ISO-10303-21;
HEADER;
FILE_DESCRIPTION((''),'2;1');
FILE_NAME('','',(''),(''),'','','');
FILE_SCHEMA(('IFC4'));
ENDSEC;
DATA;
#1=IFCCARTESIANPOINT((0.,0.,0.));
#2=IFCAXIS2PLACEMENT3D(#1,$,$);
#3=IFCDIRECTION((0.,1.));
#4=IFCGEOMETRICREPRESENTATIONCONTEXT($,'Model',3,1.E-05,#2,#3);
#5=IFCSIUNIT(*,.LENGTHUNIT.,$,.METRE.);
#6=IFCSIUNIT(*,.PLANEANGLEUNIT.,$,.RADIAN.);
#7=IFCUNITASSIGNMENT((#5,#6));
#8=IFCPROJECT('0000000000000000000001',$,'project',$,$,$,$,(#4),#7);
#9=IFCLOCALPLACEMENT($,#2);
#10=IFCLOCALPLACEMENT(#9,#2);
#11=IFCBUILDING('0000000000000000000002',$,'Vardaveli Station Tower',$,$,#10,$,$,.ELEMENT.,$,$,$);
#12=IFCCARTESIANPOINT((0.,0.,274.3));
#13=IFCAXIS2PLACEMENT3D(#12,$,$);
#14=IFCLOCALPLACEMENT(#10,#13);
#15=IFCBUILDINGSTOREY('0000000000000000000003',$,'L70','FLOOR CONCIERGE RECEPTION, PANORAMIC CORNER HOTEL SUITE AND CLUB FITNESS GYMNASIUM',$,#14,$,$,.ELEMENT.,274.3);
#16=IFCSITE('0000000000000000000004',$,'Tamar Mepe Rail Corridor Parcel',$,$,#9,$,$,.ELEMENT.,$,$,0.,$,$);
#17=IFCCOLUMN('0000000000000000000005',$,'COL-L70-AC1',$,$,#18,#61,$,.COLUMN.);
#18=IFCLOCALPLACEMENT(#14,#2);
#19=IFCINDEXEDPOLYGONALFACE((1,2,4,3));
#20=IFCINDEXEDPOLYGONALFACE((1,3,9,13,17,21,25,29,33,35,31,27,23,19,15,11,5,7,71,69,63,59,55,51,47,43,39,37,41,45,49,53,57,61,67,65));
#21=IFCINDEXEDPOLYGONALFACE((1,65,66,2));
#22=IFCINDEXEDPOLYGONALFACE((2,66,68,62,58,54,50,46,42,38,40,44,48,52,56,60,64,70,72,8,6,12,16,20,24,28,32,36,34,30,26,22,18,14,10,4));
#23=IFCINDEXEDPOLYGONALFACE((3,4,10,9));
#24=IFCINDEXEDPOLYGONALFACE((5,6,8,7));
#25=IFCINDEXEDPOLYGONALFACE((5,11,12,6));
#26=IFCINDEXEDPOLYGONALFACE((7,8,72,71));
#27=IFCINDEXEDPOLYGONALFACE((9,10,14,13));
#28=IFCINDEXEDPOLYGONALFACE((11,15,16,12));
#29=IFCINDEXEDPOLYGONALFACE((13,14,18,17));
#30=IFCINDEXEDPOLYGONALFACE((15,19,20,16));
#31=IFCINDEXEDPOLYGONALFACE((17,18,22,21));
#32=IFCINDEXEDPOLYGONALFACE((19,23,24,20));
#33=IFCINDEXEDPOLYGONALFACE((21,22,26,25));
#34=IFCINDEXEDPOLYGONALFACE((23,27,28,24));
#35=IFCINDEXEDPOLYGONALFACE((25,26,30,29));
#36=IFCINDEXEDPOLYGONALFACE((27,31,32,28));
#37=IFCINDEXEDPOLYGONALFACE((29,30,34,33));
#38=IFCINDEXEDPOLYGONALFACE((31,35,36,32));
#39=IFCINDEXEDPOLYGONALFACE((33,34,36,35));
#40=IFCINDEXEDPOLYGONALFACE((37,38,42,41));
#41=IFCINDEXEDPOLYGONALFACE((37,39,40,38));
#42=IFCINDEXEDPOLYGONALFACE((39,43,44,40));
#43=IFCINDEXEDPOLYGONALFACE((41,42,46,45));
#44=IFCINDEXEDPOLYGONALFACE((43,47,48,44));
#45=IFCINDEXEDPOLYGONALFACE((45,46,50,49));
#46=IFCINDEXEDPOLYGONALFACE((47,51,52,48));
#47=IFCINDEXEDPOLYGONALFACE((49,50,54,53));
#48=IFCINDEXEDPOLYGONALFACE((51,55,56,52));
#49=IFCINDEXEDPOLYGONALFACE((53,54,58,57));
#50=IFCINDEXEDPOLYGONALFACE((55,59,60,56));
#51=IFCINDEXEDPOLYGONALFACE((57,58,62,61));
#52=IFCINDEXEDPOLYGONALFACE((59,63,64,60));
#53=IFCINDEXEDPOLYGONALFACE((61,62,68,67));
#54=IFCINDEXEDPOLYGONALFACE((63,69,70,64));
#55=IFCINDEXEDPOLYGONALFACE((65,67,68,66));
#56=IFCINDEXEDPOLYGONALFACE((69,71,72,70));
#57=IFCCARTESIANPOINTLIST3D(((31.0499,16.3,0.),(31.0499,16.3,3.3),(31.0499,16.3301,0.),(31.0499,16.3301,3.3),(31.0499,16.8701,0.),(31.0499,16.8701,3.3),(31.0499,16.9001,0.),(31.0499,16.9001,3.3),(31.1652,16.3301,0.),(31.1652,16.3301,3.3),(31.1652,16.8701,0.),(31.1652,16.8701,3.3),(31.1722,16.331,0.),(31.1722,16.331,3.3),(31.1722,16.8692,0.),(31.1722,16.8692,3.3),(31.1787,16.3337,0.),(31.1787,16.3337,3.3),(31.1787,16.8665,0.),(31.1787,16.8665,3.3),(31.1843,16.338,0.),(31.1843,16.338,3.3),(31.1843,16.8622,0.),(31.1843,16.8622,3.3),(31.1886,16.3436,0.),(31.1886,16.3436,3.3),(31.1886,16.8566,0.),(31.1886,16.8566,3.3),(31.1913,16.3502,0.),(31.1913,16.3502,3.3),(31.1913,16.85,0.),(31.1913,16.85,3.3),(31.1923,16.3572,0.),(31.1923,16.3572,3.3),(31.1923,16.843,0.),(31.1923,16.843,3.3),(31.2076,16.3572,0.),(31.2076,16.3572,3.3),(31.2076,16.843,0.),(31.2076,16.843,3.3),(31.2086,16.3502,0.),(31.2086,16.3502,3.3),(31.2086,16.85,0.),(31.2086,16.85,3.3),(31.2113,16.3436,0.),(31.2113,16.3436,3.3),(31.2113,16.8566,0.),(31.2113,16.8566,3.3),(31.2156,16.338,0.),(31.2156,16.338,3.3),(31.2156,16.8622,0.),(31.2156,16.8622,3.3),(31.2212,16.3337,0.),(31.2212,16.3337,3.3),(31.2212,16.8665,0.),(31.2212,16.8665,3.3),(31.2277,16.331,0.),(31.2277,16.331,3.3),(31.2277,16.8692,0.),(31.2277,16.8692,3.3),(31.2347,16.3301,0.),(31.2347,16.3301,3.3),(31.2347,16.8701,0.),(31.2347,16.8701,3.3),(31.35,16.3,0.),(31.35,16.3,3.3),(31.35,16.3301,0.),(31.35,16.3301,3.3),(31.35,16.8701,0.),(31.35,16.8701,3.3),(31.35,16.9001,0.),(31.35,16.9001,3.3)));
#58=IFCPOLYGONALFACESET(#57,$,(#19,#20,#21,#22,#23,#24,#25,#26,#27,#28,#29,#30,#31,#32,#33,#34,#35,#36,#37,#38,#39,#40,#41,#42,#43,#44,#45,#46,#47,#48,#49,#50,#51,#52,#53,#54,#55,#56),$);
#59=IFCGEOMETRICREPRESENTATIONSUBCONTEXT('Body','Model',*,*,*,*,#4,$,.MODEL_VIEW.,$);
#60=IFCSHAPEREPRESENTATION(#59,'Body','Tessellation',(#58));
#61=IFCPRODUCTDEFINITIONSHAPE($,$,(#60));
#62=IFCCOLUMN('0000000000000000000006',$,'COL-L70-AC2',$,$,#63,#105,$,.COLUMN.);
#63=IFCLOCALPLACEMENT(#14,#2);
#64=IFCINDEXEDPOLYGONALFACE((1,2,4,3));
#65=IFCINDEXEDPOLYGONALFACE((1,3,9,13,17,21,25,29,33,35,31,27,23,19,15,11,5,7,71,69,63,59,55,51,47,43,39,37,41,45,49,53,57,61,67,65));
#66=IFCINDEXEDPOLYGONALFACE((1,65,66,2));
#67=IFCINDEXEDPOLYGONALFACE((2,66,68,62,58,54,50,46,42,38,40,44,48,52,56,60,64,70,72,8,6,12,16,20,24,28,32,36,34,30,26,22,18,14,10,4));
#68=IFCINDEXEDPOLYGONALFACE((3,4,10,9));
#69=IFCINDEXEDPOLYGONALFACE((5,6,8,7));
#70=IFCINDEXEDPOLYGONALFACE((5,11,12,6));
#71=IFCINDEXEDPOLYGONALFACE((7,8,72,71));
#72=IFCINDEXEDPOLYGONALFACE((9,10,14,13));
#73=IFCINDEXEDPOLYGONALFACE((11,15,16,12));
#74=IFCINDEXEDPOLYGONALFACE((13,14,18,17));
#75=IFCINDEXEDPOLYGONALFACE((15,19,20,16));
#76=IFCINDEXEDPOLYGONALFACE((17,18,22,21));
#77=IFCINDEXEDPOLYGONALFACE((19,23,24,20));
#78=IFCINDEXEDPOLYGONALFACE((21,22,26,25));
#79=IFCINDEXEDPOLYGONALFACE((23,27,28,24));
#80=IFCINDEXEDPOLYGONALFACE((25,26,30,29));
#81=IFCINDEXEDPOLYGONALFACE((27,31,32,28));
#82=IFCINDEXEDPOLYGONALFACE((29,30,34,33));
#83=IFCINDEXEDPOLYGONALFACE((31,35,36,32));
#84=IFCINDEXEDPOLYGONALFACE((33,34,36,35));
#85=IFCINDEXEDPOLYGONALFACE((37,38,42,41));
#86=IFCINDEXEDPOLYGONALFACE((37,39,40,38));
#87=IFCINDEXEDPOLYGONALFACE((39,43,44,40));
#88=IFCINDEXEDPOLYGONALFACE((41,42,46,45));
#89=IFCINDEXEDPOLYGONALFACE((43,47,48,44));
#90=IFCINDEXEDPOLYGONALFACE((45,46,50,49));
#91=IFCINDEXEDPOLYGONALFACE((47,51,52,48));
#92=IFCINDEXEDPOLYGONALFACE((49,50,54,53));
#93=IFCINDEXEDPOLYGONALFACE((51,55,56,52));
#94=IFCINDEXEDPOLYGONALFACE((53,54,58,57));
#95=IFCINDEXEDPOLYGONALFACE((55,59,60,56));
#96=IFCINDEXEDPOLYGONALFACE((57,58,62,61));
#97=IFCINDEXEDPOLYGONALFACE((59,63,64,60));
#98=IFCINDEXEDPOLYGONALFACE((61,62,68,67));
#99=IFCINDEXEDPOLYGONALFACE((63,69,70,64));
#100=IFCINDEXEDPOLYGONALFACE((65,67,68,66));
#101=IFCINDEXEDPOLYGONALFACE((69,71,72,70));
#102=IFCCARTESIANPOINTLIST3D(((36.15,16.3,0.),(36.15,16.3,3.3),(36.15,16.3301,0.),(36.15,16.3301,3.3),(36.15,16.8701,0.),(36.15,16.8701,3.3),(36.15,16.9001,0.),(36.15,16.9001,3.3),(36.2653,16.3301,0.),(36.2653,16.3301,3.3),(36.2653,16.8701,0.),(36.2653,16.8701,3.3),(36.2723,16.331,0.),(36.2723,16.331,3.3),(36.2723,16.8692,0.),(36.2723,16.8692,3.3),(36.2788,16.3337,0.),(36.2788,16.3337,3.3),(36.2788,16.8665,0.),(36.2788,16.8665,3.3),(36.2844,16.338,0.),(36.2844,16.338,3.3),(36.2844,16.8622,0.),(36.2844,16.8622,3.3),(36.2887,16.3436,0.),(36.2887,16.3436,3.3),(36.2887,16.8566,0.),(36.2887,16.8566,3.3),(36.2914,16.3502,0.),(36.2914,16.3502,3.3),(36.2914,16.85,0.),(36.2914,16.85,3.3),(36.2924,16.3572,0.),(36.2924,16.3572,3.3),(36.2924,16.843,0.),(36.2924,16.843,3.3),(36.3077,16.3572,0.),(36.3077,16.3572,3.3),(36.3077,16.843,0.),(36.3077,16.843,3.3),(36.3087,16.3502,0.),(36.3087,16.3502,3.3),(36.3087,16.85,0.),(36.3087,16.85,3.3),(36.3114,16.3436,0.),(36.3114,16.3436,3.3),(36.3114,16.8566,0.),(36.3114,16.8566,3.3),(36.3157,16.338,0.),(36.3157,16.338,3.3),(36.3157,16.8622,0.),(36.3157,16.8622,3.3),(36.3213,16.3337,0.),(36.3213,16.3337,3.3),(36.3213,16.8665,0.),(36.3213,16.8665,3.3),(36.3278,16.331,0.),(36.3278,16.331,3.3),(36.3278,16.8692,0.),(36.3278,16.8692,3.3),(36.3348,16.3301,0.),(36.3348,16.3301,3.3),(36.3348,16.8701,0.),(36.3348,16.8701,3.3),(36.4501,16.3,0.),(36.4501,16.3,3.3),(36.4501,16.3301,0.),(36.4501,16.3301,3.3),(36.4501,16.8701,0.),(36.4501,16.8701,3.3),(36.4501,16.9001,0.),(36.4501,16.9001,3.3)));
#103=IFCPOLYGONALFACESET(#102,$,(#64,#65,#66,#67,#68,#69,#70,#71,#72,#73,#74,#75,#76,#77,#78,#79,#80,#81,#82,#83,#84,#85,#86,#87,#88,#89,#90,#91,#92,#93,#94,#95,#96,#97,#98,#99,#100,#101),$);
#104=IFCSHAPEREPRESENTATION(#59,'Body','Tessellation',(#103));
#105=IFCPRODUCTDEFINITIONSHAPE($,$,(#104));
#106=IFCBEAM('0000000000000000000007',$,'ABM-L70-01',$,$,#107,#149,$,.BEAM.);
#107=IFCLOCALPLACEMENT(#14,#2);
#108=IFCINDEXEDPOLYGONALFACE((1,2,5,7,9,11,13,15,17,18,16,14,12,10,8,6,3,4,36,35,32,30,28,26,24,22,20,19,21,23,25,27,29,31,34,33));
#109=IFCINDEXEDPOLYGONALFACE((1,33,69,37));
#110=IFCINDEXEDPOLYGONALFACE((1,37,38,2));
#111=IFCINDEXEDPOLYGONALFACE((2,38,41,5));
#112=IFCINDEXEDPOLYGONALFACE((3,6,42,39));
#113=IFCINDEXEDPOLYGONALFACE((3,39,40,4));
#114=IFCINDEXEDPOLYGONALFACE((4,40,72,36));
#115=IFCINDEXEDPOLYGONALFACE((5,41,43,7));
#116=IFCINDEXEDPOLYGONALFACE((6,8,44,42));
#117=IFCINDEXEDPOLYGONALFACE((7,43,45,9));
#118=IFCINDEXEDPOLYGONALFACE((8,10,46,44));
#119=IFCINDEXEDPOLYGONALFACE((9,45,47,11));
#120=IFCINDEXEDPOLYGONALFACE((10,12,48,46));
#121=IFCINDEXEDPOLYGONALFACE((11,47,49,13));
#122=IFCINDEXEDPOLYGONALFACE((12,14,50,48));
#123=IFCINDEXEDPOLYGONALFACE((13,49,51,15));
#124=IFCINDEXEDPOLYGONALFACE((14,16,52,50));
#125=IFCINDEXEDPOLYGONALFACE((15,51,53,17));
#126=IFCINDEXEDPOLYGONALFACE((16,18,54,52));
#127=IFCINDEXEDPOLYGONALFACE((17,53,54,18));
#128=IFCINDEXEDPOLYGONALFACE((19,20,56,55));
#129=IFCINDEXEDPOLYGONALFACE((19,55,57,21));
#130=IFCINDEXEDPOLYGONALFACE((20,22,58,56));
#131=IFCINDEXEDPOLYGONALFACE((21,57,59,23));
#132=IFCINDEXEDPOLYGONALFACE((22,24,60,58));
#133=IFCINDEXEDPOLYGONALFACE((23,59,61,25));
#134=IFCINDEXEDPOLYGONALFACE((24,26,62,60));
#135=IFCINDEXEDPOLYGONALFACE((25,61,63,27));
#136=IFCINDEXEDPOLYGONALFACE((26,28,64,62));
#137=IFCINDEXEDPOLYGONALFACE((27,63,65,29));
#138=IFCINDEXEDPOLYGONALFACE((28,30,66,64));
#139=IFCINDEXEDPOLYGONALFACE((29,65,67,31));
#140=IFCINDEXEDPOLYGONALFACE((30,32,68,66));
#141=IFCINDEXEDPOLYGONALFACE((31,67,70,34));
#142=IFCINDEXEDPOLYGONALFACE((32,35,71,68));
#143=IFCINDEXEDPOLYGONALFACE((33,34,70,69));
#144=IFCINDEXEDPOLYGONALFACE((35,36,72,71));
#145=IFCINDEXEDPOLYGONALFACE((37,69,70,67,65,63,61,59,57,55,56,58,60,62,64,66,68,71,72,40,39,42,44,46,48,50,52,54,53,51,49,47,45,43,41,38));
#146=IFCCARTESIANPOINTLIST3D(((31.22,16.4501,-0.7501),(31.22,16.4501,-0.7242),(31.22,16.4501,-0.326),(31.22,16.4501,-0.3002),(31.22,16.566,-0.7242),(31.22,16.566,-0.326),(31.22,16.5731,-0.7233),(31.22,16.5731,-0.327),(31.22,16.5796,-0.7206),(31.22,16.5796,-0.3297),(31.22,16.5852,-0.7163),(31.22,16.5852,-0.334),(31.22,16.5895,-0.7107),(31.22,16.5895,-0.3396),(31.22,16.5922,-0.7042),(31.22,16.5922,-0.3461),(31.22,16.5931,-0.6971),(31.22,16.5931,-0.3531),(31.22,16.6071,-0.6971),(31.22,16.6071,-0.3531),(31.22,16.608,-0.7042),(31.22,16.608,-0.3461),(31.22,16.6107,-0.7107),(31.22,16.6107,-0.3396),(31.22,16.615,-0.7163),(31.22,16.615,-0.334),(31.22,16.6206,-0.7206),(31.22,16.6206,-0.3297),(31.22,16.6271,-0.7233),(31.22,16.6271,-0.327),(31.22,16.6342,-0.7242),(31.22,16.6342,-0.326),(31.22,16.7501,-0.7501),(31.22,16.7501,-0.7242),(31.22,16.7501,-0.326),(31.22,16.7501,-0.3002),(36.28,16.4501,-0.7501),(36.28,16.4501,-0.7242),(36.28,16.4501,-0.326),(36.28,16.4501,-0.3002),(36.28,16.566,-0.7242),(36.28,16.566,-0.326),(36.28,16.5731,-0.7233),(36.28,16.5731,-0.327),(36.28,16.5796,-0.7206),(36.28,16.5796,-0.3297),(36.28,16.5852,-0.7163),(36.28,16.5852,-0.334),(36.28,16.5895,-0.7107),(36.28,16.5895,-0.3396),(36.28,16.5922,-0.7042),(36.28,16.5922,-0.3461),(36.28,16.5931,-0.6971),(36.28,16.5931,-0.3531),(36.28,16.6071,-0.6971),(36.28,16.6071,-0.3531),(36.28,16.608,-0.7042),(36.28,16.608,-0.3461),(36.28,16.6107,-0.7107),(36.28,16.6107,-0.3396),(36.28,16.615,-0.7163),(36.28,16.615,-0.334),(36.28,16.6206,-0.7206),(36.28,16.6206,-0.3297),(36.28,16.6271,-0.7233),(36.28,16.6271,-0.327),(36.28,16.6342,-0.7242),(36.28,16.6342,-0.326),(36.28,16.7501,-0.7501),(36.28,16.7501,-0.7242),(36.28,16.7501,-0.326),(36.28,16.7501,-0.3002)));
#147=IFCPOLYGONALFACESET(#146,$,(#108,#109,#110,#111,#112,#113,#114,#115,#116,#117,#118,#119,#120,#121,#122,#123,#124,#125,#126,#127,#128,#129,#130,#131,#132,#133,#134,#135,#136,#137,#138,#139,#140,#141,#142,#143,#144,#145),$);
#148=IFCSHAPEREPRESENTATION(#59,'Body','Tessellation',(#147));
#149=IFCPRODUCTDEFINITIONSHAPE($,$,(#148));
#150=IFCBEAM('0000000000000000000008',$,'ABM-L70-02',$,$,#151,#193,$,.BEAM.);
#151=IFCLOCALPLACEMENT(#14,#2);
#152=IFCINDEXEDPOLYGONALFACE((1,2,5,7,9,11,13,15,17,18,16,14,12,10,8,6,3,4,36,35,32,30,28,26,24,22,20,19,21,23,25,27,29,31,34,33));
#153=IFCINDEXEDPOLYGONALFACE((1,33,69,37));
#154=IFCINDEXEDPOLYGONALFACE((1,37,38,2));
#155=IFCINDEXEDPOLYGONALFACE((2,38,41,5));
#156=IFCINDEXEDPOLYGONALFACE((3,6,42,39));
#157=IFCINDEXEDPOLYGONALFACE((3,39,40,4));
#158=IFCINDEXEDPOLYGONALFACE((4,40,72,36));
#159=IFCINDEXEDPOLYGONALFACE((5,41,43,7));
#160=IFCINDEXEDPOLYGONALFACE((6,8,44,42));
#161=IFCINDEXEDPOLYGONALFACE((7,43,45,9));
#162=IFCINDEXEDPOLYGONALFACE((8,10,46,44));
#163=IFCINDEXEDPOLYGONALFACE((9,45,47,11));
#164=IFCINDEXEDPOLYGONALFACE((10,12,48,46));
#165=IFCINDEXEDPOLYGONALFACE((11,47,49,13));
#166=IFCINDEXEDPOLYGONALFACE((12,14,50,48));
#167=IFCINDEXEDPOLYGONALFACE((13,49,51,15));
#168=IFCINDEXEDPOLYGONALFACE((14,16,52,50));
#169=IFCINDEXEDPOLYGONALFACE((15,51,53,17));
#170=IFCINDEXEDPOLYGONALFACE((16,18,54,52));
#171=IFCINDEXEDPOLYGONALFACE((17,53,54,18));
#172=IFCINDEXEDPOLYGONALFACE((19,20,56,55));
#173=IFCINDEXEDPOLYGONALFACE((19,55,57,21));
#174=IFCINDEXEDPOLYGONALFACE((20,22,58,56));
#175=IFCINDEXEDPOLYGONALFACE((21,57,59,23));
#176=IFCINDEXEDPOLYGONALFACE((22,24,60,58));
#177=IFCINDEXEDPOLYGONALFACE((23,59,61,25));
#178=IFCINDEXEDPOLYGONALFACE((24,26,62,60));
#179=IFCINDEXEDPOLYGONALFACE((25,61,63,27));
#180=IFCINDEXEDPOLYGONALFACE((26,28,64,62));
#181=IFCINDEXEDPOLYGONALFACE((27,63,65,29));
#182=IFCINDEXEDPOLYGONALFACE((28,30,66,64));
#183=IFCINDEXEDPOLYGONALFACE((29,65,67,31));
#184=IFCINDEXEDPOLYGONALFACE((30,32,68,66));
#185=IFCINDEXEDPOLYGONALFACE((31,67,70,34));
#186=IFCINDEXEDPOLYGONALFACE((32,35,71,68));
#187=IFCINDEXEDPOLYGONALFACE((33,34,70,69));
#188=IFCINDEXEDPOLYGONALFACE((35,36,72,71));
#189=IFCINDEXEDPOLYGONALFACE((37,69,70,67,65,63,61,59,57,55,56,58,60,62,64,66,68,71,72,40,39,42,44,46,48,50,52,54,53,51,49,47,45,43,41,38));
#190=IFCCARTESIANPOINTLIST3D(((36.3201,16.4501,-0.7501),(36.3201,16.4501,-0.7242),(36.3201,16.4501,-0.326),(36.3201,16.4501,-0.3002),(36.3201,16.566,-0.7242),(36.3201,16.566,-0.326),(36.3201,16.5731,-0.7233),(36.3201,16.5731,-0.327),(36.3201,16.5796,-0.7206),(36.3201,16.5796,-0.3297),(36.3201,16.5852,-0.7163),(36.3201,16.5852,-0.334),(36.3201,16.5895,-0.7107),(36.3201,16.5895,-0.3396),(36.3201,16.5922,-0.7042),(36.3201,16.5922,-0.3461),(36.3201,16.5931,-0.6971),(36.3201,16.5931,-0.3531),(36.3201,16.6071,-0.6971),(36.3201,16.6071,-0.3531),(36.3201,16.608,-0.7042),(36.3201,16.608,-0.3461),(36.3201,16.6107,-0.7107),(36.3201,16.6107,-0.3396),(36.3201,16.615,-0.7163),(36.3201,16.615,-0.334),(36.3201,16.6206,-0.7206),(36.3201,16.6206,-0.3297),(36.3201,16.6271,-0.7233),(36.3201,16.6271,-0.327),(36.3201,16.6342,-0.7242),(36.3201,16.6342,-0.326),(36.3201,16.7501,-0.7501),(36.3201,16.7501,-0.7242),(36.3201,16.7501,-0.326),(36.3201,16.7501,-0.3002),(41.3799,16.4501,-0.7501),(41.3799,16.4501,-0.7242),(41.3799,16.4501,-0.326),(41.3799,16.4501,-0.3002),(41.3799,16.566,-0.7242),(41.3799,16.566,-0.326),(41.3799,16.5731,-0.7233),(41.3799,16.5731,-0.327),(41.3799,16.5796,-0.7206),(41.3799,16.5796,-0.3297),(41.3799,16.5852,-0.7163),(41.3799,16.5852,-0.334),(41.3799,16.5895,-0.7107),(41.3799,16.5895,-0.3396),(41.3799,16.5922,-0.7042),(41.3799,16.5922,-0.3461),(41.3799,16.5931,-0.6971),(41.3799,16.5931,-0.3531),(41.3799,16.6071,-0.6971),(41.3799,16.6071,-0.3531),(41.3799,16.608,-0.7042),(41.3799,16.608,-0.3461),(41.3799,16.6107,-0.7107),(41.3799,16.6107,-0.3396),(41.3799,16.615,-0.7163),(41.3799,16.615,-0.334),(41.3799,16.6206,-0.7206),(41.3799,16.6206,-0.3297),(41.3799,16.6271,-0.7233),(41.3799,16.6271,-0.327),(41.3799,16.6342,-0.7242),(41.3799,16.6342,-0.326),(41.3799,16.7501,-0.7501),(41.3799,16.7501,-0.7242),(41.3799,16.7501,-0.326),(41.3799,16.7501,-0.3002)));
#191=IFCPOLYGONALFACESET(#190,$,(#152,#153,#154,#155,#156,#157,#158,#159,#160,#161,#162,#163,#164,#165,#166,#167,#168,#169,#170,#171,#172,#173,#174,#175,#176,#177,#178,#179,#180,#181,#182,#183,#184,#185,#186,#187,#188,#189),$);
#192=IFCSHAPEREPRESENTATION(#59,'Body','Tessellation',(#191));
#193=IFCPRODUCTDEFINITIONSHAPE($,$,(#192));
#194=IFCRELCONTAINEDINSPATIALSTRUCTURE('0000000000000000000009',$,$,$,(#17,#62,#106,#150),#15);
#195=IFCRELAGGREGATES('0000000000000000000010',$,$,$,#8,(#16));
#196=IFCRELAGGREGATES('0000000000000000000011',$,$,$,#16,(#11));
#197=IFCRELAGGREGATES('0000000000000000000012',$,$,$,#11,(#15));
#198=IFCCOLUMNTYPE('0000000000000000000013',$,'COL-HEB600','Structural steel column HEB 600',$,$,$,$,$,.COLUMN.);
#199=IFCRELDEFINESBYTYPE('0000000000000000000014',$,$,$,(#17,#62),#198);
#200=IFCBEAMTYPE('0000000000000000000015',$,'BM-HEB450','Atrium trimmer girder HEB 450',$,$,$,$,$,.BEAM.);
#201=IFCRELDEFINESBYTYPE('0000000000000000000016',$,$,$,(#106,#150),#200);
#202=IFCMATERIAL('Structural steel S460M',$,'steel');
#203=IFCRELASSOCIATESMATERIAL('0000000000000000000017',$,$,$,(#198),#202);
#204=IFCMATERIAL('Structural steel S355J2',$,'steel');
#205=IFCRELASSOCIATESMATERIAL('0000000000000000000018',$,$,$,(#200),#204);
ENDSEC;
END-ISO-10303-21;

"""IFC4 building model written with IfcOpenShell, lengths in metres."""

from ifc_helpers import new_model, si_unit, direction, frame, origin, origin_2d, place, context, subcontext, project, spatial, i_section, extrude, source, transform, mapped, material, material_profile, profile_set, type_object, element, save


model = new_model("IFC4")

# Units and contexts
model_context = context("Model", 3, precision=1e-05, world=origin(), true_north=direction((0.0, 1.0)))
body_context = subcontext(model_context, "Body", "Model", "MODEL_VIEW")
ifc_project = project(units=[si_unit("LENGTHUNIT", "METRE"), si_unit("PLANEANGLEUNIT", "RADIAN")], contexts=[model_context])

# Site, building, storey
site_placement = place(None, origin())
site = spatial("IfcSite", under=ifc_project, at=site_placement, Name="Tamar Mepe Rail Corridor Parcel", CompositionType="ELEMENT", RefElevation=0.0)
building_placement = place(site_placement, origin())
building = spatial("IfcBuilding", under=site, at=building_placement, Name="Vardaveli Station Tower", CompositionType="ELEMENT")
storey_placement = place(building_placement, frame((0.0, 0.0, 274.3)))
storey = spatial("IfcBuildingStorey", under=building, at=storey_placement, Name="L70", Description="FLOOR CONCIERGE RECEPTION, PANORAMIC CORNER HOTEL SUITE AND CLUB FITNESS GYMNASIUM", CompositionType="ELEMENT", Elevation=274.3)

# Columns
ifc_material_1 = material(Name="Structural steel S460M", Category="steel")
ifc_material_profile_1 = material_profile(ifc_material_1, i_section(OverallWidth=0.3, OverallDepth=0.6001, WebThickness=0.0154, FlangeThickness=0.03, FilletRadius=0.0271, at=origin_2d()), Name="HEB 600")
ifc_profile_set_1 = profile_set([ifc_material_profile_1], Name="Structural steel S460M")
column_type = type_object("IfcColumnType", Name="COL-HEB600", Description="Structural steel column HEB 600", PredefinedType="COLUMN", material=ifc_profile_set_1)
shared_shape_1 = source(origin(), body_context, "Body", "SweptSolid", [
    extrude(i_section(OverallWidth=0.3, OverallDepth=0.6001, WebThickness=0.0154, FlangeThickness=0.03, FilletRadius=0.0271, at=origin_2d()), origin(), (0.0, 0.0, 1.0), 3.3),
])
for number, where, z_axis, x_axis, name in (
    (1, (31.2, 16.6001, 0.0), (0.0, 0.0, 1.0), (1.0, 0.0, 0.0), "COL-L70-AC1"),
    (2, (36.3, 16.6001, 0.0), (0.0, 0.0, 1.0), (1.0, 0.0, 0.0), "COL-L70-AC2"),
):
    element("IfcColumn", number, at=place(storey_placement, frame(where, z_axis=z_axis, x_axis=x_axis)), inside=storey, type_object=column_type, Name=name, PredefinedType="COLUMN", context=body_context, shape_type="MappedRepresentation", body=[
        mapped(shared_shape_1, transform((0.0, 0.0, 0.0), scale=1.0)),
    ])

# Beams
ifc_material_2 = material(Name="Structural steel S355J2", Category="steel")
ifc_material_profile_2 = material_profile(ifc_material_2, i_section(OverallWidth=0.3, OverallDepth=0.45, WebThickness=0.0139, FlangeThickness=0.0259, FilletRadius=0.0271, at=origin_2d()), Name="HEB 450")
ifc_profile_set_2 = profile_set([ifc_material_profile_2], Name="Structural steel S355J2")
beam_type_1 = type_object("IfcBeamType", Name="BM-HEB450", Description="Atrium trimmer girder HEB 450", PredefinedType="BEAM", material=ifc_profile_set_2)
shared_shape_2 = source(origin(), body_context, "Body", "SweptSolid", [
    extrude(i_section(OverallWidth=0.3, OverallDepth=0.45, WebThickness=0.0139, FlangeThickness=0.0259, FilletRadius=0.0271, at=origin_2d()), origin(), (0.0, 0.0, 1.0), 5.0601),
])
beam_1_placement = place(storey_placement, frame((31.22, 16.6001, -0.5251), z_axis=(1.0, 0.0, 0.0), x_axis=(0.0, 1.0, 0.0)))
element("IfcBeam", 3, at=beam_1_placement, inside=storey, type_object=beam_type_1, Name="ABM-L70-01", PredefinedType="BEAM", context=body_context, shape_type="MappedRepresentation", body=[
    mapped(shared_shape_2, transform((0.0, 0.0, 0.0), scale=1.0)),
])
shared_shape_3 = source(origin(), body_context, "Body", "SweptSolid", [
    extrude(i_section(OverallWidth=0.3, OverallDepth=0.45, WebThickness=0.0139, FlangeThickness=0.0259, FilletRadius=0.0271, at=origin_2d()), origin(), (0.0, 0.0, 1.0), 5.0598),
])
beam_2_placement = place(storey_placement, frame((36.3201, 16.6001, -0.5251), z_axis=(1.0, 0.0, 0.0), x_axis=(0.0, 1.0, 0.0)))
element("IfcBeam", 4, at=beam_2_placement, inside=storey, type_object=beam_type_1, Name="ABM-L70-02", PredefinedType="BEAM", context=body_context, shape_type="MappedRepresentation", body=[
    mapped(shared_shape_3, transform((0.0, 0.0, 0.0), scale=1.0)),
])

save(model, "model.ifc")
